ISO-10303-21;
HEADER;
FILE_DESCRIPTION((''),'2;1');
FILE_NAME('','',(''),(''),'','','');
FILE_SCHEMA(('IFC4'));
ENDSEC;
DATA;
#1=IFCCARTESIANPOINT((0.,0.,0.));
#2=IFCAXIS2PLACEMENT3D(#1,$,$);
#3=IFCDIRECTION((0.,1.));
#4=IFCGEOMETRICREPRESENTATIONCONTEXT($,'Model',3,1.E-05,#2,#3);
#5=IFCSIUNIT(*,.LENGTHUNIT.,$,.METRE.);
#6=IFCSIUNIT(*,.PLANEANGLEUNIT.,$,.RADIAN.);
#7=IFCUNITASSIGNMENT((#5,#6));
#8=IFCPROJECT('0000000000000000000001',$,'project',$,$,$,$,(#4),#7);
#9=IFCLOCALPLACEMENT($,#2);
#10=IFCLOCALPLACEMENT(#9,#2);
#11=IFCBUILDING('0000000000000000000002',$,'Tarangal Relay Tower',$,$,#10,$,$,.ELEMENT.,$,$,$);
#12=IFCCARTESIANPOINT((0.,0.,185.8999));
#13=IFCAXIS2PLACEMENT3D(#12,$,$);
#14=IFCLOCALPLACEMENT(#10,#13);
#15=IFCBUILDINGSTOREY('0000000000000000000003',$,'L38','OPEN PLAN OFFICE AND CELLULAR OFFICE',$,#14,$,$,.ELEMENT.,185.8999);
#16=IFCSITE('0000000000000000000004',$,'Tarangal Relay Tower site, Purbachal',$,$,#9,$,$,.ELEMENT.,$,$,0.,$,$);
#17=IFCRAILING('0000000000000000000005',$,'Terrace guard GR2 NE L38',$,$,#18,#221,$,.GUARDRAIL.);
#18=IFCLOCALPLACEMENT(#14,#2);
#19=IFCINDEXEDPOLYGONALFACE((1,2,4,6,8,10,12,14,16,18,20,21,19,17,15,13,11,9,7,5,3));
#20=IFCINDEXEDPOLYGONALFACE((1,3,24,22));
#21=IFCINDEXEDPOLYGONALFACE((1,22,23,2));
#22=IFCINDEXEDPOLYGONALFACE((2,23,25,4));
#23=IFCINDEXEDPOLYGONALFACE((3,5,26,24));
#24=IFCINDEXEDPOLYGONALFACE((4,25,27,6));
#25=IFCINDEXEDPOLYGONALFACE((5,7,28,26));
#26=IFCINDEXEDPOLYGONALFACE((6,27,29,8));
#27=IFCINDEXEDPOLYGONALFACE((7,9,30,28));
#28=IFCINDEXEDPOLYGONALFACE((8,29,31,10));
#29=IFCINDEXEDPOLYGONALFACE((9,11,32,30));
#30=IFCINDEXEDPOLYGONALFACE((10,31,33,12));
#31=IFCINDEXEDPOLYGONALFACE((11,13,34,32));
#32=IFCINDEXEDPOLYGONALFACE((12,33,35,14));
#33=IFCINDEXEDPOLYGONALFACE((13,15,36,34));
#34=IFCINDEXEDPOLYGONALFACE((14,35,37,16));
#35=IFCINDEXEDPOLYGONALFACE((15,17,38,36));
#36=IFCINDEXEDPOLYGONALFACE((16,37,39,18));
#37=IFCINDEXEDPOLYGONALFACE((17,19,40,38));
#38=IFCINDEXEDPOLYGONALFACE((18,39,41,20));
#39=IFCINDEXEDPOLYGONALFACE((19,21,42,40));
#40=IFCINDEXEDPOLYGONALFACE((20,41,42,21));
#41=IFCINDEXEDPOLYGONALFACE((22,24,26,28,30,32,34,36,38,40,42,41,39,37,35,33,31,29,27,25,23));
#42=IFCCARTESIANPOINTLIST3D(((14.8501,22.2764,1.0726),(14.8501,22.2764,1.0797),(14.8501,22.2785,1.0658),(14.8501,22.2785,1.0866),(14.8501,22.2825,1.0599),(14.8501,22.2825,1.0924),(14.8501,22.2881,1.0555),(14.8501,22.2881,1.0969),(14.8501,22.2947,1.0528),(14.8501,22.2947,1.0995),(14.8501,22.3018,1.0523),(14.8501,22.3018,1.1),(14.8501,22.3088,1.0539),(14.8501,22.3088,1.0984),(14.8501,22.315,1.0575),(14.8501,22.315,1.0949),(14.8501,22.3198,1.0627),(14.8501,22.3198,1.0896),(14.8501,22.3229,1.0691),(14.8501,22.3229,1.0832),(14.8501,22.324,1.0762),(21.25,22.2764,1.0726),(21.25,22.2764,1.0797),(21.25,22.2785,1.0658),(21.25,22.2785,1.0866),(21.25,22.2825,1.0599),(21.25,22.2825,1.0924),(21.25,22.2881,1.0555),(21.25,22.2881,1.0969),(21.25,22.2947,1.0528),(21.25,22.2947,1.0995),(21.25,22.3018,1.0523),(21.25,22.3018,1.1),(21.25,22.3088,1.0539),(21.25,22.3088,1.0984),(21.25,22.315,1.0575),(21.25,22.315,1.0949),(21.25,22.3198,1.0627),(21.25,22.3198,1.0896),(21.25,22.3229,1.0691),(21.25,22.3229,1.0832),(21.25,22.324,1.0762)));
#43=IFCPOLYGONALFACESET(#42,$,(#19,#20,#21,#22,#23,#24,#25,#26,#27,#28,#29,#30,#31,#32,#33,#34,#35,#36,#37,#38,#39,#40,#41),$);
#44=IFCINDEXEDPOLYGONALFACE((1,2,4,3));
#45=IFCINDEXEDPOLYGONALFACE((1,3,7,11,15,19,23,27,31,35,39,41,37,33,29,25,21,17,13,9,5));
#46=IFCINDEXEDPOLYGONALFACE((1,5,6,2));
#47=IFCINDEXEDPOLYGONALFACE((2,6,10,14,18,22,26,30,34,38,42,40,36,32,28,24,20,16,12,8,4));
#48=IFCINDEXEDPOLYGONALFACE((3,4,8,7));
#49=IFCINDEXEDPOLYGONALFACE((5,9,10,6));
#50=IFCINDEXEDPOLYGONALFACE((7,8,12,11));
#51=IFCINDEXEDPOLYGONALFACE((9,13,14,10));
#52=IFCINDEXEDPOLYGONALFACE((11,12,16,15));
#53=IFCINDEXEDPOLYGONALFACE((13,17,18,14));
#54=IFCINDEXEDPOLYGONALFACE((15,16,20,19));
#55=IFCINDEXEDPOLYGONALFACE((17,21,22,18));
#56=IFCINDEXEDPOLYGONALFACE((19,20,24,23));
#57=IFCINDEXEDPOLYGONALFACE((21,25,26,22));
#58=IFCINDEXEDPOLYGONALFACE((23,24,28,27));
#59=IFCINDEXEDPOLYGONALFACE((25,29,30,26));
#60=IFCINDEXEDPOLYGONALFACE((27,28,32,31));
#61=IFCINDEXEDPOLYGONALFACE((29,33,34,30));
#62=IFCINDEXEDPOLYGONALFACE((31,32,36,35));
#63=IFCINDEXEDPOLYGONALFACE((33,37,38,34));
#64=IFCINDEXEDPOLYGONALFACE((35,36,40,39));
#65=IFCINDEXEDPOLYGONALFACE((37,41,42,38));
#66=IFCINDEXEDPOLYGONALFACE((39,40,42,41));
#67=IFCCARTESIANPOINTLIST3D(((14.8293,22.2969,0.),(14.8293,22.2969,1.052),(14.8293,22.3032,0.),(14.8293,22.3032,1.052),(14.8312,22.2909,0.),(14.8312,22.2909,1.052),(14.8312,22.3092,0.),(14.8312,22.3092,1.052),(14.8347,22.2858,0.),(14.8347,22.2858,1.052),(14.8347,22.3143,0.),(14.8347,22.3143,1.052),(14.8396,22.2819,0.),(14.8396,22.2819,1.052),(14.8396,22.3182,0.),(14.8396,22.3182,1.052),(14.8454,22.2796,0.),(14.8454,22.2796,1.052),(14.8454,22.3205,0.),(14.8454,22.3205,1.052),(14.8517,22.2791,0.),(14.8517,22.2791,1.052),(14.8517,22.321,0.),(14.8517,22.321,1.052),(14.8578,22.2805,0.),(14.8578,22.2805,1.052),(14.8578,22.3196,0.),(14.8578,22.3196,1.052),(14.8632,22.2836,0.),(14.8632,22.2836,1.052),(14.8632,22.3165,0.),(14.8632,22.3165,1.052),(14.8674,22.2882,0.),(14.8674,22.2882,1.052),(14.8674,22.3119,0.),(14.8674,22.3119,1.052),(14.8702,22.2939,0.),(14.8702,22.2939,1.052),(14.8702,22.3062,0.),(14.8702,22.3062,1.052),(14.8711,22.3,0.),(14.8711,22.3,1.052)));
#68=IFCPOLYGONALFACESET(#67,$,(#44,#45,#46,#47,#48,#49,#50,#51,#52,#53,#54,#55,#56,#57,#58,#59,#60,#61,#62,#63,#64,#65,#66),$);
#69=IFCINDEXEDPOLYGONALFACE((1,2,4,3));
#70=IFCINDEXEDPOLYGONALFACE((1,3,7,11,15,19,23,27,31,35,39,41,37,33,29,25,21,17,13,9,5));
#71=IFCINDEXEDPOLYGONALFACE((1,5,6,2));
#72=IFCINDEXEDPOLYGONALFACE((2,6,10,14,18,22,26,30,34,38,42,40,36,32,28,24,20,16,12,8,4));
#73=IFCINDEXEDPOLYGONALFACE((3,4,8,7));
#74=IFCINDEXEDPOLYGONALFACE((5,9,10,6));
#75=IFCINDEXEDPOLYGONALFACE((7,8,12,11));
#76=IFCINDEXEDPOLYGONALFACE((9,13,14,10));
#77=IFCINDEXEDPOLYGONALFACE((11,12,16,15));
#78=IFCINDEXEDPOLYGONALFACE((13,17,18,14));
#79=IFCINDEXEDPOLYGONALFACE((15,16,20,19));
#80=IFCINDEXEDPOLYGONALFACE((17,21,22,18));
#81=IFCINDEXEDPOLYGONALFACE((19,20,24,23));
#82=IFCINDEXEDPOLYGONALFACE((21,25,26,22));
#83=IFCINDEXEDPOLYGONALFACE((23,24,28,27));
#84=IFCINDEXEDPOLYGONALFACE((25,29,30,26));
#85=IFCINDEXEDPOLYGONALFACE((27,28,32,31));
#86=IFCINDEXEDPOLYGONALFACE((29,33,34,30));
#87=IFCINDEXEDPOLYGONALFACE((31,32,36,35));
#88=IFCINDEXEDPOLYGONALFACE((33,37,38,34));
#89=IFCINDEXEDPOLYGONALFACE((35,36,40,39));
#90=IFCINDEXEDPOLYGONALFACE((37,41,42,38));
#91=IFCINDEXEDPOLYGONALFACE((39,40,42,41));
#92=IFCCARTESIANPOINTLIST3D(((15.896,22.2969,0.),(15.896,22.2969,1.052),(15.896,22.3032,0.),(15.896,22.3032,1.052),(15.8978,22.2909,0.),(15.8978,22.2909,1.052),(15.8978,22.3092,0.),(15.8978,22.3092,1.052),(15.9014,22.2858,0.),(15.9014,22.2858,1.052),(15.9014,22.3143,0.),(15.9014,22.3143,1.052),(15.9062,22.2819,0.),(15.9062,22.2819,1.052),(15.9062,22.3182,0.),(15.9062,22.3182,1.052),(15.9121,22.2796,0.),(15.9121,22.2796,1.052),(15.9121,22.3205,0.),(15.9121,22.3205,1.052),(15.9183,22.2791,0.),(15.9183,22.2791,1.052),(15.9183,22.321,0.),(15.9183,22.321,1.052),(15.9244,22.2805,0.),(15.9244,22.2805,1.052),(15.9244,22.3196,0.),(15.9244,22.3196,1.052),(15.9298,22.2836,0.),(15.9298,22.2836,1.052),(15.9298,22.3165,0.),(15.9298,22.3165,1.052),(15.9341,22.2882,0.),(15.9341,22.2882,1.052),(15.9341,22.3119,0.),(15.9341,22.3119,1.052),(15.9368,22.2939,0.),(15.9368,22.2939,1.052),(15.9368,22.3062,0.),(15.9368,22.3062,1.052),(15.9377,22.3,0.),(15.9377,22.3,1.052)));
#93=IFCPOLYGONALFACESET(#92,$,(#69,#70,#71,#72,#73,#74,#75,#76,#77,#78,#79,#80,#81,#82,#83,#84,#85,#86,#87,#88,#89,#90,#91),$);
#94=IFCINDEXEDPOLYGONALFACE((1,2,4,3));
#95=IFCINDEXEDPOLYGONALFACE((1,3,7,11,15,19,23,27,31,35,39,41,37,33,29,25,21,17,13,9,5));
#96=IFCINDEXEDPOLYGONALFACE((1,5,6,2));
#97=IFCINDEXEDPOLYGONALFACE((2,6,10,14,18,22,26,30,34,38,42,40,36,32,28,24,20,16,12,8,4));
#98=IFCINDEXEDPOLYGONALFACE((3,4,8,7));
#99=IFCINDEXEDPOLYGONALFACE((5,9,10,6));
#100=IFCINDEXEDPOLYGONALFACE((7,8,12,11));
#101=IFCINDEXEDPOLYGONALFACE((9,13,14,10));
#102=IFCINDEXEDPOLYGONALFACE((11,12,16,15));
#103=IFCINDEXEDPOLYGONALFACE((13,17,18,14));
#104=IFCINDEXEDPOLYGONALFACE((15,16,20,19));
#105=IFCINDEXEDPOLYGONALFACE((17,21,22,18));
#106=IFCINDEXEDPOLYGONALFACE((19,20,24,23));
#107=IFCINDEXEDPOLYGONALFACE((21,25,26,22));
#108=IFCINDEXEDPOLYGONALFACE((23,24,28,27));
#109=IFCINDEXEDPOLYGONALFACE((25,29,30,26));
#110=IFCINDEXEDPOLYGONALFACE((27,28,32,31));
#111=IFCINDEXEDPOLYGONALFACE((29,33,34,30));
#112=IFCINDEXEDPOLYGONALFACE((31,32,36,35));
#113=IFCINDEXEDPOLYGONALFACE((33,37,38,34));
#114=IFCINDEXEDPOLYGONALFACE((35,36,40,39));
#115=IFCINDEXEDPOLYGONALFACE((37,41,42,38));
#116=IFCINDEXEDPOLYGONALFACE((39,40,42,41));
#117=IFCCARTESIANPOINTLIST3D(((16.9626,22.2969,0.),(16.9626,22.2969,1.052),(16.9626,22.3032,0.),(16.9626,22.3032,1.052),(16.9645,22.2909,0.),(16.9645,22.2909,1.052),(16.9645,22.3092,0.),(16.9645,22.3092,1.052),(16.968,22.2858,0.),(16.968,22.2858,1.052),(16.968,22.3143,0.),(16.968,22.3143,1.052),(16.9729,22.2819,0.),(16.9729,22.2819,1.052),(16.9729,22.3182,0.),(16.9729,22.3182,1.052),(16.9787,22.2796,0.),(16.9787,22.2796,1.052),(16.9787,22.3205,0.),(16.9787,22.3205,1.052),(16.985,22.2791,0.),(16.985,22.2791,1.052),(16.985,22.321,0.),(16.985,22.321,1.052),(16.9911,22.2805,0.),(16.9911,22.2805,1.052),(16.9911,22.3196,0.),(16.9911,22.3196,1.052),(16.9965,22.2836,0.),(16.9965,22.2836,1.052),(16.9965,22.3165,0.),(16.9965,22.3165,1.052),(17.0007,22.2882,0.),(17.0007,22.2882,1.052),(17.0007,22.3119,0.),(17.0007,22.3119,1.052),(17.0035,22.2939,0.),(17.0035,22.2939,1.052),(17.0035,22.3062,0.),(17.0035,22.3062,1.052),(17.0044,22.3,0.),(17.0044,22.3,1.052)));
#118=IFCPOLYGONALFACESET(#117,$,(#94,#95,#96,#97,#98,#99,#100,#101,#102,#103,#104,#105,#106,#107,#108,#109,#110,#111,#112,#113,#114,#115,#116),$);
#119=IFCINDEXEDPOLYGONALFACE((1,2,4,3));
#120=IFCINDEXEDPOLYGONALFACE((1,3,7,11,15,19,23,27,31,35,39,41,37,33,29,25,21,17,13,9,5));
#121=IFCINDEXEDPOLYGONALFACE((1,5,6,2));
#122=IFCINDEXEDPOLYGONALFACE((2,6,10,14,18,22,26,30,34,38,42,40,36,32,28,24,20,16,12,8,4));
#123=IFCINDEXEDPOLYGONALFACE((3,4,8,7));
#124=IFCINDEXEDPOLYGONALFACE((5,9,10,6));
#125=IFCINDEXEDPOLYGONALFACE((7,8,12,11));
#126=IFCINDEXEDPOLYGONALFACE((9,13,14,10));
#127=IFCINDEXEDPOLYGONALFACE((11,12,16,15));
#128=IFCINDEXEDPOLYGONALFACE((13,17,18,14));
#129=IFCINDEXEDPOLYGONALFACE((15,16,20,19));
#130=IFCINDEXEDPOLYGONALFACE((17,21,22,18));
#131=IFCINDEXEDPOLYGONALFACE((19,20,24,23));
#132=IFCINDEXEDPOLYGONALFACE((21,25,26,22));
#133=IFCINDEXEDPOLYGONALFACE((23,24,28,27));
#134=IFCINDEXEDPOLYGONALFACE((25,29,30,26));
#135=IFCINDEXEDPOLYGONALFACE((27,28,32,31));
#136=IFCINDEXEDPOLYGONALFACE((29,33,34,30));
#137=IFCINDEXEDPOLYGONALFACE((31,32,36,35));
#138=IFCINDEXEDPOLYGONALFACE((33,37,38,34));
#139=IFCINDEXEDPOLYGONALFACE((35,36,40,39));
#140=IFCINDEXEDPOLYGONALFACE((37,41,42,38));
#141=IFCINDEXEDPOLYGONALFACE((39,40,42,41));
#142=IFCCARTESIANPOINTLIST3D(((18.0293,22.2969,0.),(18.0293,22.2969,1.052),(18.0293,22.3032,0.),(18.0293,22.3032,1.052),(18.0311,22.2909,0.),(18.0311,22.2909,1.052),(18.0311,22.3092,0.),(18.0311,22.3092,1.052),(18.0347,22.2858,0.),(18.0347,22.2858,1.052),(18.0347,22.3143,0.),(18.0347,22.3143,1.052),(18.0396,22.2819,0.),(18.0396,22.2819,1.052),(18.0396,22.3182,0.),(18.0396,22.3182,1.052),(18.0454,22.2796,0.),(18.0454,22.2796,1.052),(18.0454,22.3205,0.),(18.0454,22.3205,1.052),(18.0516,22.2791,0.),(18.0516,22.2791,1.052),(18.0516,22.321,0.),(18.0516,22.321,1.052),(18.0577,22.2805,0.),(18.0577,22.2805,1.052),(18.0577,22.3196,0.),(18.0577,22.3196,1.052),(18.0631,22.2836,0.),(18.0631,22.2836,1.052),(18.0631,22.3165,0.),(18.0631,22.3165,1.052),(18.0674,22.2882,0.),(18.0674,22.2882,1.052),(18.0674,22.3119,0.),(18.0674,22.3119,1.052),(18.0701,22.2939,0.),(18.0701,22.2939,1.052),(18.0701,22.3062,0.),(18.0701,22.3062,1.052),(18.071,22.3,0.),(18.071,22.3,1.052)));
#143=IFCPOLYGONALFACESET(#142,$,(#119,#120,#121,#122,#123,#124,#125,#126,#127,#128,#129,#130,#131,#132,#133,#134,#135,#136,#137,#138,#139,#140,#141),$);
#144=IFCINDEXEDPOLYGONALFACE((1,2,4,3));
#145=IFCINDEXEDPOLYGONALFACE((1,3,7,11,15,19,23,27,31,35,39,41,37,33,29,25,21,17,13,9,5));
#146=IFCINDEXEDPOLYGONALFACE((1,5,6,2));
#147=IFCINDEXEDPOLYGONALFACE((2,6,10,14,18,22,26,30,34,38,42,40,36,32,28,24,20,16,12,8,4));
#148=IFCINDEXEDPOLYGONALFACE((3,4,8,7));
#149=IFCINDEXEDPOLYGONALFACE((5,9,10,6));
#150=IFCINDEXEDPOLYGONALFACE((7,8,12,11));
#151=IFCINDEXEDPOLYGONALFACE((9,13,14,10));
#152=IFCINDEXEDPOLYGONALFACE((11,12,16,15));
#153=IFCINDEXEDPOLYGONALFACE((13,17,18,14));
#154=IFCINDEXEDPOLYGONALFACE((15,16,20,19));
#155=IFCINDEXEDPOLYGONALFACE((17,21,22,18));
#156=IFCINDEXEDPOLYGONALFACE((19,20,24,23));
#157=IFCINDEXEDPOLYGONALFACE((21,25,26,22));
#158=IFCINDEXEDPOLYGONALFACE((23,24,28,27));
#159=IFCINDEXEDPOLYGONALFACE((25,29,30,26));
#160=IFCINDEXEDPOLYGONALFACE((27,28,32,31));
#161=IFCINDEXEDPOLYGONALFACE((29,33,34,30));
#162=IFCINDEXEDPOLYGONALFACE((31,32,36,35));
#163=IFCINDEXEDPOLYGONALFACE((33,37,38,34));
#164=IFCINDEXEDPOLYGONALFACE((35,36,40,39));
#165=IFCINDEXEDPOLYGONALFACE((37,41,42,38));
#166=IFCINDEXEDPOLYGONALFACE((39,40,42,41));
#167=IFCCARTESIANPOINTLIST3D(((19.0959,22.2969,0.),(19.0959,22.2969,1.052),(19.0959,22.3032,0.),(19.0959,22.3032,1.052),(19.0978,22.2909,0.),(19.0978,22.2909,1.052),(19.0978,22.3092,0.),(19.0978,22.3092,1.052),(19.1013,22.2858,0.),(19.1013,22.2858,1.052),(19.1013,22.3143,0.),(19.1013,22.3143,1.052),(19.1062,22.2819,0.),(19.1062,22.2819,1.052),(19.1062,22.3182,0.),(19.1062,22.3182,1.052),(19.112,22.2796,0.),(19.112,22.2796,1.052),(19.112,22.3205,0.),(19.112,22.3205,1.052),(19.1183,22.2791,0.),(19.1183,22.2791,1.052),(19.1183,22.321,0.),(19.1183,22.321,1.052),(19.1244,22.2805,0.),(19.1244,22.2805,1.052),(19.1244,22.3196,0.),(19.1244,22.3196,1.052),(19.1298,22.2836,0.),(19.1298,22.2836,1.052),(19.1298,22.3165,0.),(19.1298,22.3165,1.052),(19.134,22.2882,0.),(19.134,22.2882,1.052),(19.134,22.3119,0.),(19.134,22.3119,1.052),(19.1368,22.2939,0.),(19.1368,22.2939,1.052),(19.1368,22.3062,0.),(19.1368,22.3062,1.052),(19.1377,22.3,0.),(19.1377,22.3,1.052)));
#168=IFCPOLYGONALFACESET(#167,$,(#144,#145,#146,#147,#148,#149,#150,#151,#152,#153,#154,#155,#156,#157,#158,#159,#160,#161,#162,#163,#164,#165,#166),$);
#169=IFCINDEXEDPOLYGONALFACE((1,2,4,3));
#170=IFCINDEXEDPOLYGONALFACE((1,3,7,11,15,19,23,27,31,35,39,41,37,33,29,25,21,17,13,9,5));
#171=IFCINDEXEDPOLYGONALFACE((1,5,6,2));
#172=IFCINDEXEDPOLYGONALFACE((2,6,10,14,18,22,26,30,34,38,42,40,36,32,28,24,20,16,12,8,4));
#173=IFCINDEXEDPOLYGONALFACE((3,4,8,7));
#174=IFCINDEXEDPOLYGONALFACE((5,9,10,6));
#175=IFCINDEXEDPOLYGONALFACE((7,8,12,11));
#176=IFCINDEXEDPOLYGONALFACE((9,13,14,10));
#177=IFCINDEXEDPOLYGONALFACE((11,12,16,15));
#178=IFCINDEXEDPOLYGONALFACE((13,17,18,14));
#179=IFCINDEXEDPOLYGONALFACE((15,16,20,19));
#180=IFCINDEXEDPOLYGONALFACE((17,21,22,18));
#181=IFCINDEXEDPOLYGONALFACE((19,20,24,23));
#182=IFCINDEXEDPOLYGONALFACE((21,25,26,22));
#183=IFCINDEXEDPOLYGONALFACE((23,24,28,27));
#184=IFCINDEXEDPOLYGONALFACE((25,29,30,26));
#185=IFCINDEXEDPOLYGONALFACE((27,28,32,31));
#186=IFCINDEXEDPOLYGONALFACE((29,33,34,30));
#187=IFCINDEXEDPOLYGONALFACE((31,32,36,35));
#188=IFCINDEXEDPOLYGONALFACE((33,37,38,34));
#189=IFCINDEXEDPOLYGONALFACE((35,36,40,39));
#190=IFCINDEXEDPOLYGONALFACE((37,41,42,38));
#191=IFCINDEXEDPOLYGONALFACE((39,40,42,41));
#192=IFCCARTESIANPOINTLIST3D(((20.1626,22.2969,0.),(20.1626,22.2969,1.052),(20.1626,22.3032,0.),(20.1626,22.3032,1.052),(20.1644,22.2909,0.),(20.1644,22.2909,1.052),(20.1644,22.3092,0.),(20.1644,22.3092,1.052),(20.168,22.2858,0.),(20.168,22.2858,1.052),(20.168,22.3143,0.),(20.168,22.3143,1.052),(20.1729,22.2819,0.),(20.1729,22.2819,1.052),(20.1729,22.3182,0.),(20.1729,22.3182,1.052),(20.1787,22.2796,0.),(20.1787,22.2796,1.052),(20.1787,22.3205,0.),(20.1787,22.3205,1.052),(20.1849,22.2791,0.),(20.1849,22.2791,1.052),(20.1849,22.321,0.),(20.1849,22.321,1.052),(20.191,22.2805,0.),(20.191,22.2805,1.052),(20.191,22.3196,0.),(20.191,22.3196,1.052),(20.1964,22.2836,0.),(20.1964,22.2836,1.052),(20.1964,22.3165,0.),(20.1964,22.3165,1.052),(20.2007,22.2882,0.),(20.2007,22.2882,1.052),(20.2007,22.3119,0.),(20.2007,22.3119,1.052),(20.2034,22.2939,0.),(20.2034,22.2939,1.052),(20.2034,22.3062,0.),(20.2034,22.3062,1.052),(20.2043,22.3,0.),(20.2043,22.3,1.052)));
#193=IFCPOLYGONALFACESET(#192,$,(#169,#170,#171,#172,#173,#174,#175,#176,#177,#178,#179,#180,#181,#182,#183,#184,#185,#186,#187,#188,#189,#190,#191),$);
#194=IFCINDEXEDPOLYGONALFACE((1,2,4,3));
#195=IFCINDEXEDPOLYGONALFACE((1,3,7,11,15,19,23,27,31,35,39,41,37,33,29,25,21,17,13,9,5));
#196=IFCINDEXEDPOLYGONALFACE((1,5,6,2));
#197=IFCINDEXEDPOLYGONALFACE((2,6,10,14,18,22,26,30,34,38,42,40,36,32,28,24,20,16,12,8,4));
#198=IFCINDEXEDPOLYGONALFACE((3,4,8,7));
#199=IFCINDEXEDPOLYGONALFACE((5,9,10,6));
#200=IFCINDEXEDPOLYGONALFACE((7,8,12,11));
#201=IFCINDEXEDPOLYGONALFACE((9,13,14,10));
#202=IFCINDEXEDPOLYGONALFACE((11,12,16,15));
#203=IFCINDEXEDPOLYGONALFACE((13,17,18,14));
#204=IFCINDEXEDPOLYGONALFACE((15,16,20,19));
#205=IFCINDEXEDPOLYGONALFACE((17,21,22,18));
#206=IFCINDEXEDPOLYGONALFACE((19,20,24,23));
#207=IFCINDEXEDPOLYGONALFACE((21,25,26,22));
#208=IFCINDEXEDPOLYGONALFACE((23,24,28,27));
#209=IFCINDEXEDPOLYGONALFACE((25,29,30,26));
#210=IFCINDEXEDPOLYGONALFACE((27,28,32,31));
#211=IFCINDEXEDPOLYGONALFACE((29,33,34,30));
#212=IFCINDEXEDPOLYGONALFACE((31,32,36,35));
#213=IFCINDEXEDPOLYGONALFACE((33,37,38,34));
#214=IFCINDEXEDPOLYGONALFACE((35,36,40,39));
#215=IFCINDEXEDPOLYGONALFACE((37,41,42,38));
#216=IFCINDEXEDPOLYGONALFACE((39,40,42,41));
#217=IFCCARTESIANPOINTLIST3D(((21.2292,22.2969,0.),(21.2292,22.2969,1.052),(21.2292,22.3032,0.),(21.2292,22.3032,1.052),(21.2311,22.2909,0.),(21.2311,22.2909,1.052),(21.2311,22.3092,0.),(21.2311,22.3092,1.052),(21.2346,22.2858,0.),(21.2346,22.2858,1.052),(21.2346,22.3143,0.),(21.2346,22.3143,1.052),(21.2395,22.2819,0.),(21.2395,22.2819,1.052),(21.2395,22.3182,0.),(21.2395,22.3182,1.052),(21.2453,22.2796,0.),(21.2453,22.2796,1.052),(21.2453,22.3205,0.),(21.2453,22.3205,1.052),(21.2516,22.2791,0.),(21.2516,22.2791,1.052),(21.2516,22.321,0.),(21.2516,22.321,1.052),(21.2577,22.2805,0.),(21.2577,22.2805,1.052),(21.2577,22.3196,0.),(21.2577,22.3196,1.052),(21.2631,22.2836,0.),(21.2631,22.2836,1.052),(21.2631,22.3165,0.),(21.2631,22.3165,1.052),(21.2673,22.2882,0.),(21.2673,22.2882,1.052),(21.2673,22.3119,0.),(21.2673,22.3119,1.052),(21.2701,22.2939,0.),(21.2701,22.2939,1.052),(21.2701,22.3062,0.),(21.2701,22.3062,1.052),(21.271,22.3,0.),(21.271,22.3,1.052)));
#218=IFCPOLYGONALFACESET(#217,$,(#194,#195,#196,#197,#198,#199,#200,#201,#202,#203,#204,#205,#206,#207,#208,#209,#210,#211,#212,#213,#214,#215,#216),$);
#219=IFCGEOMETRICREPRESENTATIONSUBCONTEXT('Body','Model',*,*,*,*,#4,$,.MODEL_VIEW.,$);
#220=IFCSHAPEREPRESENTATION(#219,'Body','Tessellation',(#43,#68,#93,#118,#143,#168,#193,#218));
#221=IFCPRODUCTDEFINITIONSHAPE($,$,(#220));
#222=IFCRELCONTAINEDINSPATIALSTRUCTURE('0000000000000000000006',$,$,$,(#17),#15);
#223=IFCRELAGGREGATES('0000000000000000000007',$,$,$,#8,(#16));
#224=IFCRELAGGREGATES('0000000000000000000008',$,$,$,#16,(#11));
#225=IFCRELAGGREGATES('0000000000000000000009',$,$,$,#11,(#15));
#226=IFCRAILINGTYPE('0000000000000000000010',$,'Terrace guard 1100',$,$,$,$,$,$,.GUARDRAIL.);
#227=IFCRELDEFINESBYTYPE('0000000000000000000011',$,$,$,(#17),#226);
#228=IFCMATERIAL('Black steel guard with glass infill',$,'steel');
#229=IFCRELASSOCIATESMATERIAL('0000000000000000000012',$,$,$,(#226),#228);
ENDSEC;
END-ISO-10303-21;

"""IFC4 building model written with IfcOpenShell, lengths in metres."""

from ifc_helpers import new_model, si_unit, direction, frame, origin, origin_2d, place, context, subcontext, project, spatial, circle, extrude, material, type_object, element, save


model = new_model("IFC4")

# Units and contexts
model_context = context("Model", 3, precision=1e-05, world=origin(), true_north=direction((0.0, 1.0)))
body_context = subcontext(model_context, "Body", "Model", "MODEL_VIEW")
ifc_project = project(units=[si_unit("LENGTHUNIT", "METRE"), si_unit("PLANEANGLEUNIT", "RADIAN")], contexts=[model_context])

# Site, building, storey
site_placement = place(None, origin())
site = spatial("IfcSite", under=ifc_project, at=site_placement, Name="Tarangal Relay Tower site, Purbachal", CompositionType="ELEMENT", RefElevation=0.0)
building_placement = place(site_placement, origin())
building = spatial("IfcBuilding", under=site, at=building_placement, Name="Tarangal Relay Tower", CompositionType="ELEMENT")
storey_placement = place(building_placement, frame((0.0, 0.0, 185.8999)))
storey = spatial("IfcBuildingStorey", under=building, at=storey_placement, Name="L38", Description="OPEN PLAN OFFICE AND CELLULAR OFFICE", CompositionType="ELEMENT", Elevation=185.8999)

# Railing
ifc_material_1 = material(Name="Black steel guard with glass infill", Category="steel")
railing_type = type_object("IfcRailingType", Name="Terrace guard 1100", PredefinedType="GUARDRAIL", material=ifc_material_1)
railing_1_placement = place(storey_placement, frame((14.8501, 22.3, 0.0)))
element("IfcRailing", 1, at=railing_1_placement, inside=storey, type_object=railing_type, Name="Terrace guard GR2 NE L38", PredefinedType="GUARDRAIL", context=body_context, shape_type="SweptSolid", body=[
    extrude(circle(Radius=0.0239, at=origin_2d()), frame((0.0, 0.0, 1.0762), z_axis=(1.0, 0.0, 0.0), x_axis=(0.0, 1.0, 0.0)), (0.0, 0.0, 1.0), 6.3999),
    extrude(circle(Radius=0.021, at=origin_2d()), origin(), (0.0, 0.0, 1.0), 1.052),
    extrude(circle(Radius=0.021, at=origin_2d()), frame((1.0667, 0.0, 0.0)), (0.0, 0.0, 1.0), 1.052),
    extrude(circle(Radius=0.021, at=origin_2d()), frame((2.1333, 0.0, 0.0)), (0.0, 0.0, 1.0), 1.052),
    extrude(circle(Radius=0.021, at=origin_2d()), frame((3.2, 0.0, 0.0)), (0.0, 0.0, 1.0), 1.052),
    extrude(circle(Radius=0.021, at=origin_2d()), frame((4.2666, 0.0, 0.0)), (0.0, 0.0, 1.0), 1.052),
    extrude(circle(Radius=0.021, at=origin_2d()), frame((5.3333, 0.0, 0.0)), (0.0, 0.0, 1.0), 1.052),
    extrude(circle(Radius=0.021, at=origin_2d()), frame((6.3999, 0.0, 0.0)), (0.0, 0.0, 1.0), 1.052),
])

save(model, "model.ifc")
